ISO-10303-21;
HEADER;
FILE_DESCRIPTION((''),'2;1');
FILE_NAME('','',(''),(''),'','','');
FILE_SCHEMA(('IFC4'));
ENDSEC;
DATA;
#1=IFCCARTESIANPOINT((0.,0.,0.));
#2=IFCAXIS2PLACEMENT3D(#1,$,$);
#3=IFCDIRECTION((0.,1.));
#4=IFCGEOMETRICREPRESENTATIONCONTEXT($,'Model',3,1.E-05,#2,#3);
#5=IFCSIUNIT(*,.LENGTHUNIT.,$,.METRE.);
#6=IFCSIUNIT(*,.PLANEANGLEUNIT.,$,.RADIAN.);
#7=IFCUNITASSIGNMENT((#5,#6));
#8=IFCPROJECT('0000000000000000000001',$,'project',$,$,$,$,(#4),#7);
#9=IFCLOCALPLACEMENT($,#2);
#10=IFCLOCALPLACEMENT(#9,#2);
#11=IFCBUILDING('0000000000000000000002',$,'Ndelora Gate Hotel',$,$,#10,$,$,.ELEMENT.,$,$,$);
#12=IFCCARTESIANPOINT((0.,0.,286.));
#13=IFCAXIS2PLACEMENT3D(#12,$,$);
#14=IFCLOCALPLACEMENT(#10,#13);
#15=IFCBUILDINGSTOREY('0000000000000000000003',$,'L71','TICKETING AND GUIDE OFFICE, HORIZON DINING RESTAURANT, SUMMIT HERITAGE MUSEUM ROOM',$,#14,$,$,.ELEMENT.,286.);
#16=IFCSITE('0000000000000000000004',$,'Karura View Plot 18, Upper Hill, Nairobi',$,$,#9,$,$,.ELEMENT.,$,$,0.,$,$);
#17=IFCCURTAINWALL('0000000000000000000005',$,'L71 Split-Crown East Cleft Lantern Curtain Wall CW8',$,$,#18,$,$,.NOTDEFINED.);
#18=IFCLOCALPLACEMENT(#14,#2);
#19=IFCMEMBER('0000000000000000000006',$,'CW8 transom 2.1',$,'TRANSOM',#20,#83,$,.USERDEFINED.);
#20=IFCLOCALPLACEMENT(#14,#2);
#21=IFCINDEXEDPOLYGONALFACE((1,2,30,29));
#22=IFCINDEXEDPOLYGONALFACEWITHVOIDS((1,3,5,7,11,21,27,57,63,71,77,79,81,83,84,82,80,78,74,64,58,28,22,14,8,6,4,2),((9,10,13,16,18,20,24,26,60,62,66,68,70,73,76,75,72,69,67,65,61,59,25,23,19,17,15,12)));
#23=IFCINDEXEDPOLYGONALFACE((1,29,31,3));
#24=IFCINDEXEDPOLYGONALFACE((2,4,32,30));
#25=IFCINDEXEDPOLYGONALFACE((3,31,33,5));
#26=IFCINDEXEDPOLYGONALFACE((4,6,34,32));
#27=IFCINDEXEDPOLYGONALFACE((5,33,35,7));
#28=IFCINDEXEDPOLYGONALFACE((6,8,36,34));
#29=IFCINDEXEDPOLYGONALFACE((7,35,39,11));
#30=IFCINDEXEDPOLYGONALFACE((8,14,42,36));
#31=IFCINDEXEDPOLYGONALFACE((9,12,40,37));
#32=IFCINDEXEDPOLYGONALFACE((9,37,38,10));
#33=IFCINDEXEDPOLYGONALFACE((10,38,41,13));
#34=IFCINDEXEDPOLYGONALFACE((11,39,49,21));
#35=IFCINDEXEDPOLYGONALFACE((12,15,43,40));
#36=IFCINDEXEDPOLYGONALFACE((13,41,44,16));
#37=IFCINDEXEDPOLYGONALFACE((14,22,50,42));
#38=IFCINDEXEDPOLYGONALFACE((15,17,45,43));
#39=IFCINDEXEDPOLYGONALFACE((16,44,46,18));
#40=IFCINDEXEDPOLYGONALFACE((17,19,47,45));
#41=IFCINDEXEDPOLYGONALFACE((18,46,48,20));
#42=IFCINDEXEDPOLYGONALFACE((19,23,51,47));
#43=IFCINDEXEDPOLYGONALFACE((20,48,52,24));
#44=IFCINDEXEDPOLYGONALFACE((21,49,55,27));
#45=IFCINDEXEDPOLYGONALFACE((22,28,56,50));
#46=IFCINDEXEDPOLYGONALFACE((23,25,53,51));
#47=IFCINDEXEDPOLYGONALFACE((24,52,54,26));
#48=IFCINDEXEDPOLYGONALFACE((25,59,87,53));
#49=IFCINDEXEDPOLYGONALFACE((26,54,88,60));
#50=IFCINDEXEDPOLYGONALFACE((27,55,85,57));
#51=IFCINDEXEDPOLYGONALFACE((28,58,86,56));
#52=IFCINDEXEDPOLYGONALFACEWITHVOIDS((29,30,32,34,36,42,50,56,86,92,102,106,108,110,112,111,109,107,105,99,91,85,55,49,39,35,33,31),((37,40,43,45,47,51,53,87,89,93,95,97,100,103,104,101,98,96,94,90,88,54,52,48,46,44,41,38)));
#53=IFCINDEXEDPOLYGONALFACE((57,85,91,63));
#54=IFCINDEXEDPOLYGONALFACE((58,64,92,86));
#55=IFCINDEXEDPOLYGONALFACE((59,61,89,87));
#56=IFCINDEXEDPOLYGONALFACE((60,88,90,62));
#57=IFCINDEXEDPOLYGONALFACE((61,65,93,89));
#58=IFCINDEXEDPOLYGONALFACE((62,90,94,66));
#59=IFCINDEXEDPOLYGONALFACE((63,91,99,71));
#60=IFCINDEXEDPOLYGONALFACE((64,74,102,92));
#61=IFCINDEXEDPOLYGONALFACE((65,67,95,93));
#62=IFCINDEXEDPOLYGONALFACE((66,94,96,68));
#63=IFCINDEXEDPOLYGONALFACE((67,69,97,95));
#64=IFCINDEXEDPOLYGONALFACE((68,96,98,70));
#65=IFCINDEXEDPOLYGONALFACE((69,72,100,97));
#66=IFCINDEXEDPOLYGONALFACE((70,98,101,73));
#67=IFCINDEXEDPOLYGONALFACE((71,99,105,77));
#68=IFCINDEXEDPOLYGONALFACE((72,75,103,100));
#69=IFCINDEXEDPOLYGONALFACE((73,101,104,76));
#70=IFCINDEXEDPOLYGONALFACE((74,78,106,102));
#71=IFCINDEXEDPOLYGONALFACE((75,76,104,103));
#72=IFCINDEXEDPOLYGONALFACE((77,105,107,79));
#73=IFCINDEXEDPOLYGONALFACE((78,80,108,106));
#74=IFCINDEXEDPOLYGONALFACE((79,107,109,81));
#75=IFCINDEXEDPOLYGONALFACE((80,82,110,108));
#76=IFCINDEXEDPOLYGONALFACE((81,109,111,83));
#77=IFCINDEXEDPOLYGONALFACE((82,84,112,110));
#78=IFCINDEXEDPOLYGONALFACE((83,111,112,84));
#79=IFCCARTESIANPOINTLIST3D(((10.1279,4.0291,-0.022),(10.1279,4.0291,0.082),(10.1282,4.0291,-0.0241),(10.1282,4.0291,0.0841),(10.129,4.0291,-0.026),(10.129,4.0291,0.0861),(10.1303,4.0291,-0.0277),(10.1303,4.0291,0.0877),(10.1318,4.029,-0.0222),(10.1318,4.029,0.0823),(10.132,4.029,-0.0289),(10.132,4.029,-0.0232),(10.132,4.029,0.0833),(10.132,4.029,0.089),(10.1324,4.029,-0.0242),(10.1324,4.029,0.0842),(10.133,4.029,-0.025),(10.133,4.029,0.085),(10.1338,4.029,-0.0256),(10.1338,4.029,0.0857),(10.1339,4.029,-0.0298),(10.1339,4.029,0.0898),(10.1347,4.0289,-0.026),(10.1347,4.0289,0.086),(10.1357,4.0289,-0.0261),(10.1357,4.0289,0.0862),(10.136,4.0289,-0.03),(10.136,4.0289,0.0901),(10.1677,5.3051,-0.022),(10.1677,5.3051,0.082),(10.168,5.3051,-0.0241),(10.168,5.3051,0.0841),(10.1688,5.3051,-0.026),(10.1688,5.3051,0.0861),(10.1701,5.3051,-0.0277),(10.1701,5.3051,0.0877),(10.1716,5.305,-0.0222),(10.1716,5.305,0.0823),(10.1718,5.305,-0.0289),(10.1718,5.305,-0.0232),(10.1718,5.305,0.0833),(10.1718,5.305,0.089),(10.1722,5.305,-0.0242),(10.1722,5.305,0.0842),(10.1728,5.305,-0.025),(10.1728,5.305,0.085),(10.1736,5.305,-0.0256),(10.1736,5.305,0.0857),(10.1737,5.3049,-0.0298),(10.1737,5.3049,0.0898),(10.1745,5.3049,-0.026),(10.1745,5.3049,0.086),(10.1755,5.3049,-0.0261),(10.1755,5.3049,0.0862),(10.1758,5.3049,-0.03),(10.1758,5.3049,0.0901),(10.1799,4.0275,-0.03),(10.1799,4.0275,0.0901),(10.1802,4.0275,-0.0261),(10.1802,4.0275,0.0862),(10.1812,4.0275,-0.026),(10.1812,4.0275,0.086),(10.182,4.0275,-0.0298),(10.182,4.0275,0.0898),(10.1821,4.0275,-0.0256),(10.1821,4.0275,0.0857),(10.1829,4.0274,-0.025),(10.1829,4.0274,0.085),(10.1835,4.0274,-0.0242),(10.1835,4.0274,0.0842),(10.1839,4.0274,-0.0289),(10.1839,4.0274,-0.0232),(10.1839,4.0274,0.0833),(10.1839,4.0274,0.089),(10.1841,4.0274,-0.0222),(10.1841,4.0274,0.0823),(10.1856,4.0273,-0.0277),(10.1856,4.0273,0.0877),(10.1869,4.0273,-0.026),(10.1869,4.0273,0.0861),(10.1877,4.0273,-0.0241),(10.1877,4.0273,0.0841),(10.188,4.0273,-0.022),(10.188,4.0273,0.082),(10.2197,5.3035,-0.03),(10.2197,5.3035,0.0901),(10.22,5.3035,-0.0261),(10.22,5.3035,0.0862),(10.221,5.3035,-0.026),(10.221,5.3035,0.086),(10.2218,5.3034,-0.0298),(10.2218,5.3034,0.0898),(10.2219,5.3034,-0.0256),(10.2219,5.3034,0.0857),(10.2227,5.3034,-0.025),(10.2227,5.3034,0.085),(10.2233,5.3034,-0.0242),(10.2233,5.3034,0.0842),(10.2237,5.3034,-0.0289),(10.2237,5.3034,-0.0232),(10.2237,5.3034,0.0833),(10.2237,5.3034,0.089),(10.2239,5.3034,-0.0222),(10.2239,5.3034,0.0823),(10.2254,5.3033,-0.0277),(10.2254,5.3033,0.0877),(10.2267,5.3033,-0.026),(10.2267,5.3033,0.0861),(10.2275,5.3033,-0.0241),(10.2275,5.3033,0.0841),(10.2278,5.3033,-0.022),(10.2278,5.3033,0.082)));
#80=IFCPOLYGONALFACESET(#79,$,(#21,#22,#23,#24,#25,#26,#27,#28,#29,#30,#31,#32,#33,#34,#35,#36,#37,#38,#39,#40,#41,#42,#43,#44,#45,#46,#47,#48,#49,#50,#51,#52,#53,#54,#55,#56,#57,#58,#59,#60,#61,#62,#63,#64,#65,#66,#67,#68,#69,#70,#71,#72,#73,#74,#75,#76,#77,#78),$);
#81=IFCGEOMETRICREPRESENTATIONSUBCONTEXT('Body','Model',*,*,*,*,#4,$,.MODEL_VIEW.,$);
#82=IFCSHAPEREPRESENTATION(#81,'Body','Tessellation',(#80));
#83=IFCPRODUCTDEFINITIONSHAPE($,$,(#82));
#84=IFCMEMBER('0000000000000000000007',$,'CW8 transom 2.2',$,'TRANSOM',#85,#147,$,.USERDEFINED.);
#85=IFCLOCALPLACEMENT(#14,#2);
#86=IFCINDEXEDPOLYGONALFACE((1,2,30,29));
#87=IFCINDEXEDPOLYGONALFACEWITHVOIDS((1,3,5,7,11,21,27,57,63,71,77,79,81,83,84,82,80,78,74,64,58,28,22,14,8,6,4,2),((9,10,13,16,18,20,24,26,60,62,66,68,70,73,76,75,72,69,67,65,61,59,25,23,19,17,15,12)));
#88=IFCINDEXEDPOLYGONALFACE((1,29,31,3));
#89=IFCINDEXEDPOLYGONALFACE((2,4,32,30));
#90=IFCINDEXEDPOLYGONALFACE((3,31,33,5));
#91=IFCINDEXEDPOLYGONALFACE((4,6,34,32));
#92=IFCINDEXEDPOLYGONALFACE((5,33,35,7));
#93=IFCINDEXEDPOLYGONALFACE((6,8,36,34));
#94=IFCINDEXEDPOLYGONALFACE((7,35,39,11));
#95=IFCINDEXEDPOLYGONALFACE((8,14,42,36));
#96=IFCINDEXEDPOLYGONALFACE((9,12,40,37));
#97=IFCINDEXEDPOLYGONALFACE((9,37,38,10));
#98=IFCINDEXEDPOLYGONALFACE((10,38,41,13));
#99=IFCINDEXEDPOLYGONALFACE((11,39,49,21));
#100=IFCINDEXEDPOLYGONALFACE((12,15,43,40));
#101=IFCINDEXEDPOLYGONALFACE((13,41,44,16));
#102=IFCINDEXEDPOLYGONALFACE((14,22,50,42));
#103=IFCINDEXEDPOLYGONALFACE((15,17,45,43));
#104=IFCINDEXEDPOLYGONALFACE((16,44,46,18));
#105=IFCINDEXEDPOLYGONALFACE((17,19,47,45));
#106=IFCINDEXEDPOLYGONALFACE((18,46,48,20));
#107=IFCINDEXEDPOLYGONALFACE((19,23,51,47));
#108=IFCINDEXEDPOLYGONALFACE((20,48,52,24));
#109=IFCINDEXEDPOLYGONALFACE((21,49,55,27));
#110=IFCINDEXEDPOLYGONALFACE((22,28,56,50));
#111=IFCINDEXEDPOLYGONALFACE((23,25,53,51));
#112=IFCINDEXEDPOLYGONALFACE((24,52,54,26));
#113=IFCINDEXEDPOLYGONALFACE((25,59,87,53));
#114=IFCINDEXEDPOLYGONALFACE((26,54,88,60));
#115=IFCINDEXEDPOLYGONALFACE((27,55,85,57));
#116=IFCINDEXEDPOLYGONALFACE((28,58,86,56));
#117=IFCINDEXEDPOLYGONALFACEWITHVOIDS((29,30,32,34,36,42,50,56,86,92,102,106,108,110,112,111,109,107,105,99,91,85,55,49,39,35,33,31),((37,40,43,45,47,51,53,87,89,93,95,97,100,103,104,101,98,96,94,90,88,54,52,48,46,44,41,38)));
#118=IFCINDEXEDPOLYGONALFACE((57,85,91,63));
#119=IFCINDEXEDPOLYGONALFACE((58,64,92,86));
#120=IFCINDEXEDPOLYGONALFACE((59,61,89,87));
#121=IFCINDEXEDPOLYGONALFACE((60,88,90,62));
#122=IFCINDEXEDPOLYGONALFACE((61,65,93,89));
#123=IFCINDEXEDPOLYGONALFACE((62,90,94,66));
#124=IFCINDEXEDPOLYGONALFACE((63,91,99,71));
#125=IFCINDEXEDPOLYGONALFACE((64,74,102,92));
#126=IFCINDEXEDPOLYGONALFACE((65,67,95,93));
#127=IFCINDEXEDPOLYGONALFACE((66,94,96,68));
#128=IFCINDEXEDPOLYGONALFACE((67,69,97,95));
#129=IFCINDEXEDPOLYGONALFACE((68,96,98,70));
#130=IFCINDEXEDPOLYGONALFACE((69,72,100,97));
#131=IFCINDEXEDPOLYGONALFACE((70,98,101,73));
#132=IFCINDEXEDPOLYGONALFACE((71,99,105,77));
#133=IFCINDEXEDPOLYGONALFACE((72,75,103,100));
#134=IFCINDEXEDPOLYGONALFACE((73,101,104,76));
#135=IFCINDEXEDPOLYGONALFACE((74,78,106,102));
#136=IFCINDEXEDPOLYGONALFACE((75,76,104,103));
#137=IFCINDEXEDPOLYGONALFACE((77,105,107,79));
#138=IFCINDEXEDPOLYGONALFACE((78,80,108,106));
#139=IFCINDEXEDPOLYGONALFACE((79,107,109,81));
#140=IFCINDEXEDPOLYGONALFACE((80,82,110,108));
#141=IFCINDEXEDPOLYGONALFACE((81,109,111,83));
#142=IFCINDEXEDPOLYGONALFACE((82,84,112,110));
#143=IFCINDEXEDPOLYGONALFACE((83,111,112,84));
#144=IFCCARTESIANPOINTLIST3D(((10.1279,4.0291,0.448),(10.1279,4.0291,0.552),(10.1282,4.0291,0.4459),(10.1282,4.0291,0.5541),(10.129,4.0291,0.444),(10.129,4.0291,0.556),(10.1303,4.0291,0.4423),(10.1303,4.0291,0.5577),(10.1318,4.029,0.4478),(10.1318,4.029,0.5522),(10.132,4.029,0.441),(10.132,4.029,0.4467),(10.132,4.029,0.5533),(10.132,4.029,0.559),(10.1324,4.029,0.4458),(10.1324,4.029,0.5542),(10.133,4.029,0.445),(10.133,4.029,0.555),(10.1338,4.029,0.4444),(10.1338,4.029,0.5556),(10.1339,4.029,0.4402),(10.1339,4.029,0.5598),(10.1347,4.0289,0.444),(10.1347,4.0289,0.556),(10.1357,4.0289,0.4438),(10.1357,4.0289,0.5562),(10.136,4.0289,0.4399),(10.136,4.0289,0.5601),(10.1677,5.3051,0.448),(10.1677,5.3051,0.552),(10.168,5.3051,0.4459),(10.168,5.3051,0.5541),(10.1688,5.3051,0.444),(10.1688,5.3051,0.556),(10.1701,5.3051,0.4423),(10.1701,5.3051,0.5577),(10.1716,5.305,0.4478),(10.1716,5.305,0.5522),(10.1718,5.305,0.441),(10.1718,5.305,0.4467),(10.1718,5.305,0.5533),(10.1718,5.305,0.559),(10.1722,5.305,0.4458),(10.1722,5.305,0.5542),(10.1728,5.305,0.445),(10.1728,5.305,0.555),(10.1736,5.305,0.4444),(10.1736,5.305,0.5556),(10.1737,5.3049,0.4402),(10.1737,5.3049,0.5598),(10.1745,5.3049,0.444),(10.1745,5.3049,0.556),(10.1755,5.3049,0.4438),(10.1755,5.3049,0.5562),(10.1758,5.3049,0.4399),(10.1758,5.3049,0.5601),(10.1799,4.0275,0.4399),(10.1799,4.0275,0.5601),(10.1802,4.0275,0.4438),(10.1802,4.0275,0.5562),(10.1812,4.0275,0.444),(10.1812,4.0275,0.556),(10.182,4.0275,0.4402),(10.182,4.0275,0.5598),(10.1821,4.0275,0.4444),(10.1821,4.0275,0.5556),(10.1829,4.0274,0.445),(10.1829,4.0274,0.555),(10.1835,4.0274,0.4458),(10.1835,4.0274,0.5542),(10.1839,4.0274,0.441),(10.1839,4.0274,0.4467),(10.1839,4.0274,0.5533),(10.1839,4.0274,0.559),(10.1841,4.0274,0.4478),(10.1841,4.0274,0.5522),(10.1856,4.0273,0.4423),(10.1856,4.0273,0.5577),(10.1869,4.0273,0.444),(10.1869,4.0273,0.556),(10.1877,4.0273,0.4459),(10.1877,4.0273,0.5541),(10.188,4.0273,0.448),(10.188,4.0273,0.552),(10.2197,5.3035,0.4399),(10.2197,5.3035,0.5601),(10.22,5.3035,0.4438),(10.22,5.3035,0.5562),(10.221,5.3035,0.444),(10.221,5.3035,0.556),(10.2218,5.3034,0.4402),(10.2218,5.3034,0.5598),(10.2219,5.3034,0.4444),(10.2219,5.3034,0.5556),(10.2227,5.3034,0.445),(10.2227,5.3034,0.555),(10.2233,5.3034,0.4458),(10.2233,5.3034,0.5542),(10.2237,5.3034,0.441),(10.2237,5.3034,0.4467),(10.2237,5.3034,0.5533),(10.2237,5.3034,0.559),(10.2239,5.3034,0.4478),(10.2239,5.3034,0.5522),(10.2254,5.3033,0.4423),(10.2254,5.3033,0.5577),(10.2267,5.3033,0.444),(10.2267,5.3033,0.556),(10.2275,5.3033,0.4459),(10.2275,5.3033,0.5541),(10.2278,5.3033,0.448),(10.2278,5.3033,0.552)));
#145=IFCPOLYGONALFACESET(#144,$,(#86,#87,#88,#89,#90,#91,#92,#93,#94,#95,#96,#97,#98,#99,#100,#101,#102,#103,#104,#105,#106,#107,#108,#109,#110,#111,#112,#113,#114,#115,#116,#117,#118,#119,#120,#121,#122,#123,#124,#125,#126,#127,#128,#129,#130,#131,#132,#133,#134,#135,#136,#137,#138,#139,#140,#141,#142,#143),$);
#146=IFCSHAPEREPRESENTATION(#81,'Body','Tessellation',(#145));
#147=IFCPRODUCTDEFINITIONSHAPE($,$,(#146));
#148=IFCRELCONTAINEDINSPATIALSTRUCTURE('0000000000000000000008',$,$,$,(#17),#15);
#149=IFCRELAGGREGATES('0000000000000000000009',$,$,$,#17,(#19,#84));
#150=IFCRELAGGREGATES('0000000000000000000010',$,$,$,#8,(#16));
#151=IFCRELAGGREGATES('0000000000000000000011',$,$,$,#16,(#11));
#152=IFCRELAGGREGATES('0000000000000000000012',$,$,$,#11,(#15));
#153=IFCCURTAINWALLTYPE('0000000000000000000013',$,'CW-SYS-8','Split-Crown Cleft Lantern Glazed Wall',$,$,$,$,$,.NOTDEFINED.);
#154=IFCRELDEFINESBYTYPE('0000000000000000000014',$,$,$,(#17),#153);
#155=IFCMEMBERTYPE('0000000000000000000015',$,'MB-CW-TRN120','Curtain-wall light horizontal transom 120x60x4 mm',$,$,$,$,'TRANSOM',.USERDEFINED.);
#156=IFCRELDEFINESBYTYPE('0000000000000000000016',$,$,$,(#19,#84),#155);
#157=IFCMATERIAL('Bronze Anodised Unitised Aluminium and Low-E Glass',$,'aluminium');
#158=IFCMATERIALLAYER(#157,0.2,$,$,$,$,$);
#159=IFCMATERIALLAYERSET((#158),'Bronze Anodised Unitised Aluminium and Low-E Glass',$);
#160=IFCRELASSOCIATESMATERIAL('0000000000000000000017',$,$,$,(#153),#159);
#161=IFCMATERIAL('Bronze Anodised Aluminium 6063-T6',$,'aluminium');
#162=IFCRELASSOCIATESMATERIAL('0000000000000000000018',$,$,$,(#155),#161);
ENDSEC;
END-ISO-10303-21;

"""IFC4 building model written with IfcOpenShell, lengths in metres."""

from ifc_helpers import new_model, si_unit, direction, frame, origin, origin_2d, place, context, subcontext, project, spatial, hollow_rectangle, extrude, material, layer, layer_set, material_profile, profile_set, type_object, element, aggregate, save


model = new_model("IFC4")

# Units and contexts
model_context = context("Model", 3, precision=1e-05, world=origin(), true_north=direction((0.0, 1.0)))
body_context = subcontext(model_context, "Body", "Model", "MODEL_VIEW")
ifc_project = project(units=[si_unit("LENGTHUNIT", "METRE"), si_unit("PLANEANGLEUNIT", "RADIAN")], contexts=[model_context])

# Site, building, storey
site_placement = place(None, origin())
site = spatial("IfcSite", under=ifc_project, at=site_placement, Name="Karura View Plot 18, Upper Hill, Nairobi", CompositionType="ELEMENT", RefElevation=0.0)
building_placement = place(site_placement, origin())
building = spatial("IfcBuilding", under=site, at=building_placement, Name="Ndelora Gate Hotel", CompositionType="ELEMENT")
storey_placement = place(building_placement, frame((0.0, 0.0, 286.0)))
storey = spatial("IfcBuildingStorey", under=building, at=storey_placement, Name="L71", Description="TICKETING AND GUIDE OFFICE, HORIZON DINING RESTAURANT, SUMMIT HERITAGE MUSEUM ROOM", CompositionType="ELEMENT", Elevation=286.0)

# Curtain wall
ifc_material_1 = material(Name="Bronze Anodised Unitised Aluminium and Low-E Glass", Category="aluminium")
ifc_layer_1 = layer(ifc_material_1, 0.2)
ifc_layer_set_1 = layer_set([ifc_layer_1], Name="Bronze Anodised Unitised Aluminium and Low-E Glass")
curtain_wall_type = type_object("IfcCurtainWallType", Name="CW-SYS-8", Description="Split-Crown Cleft Lantern Glazed Wall", PredefinedType="NOTDEFINED", material=ifc_layer_set_1)
ifc_material_2 = material(Name="Bronze Anodised Aluminium 6063-T6", Category="aluminium")
curtain_wall_1_placement = place(storey_placement, origin())
curtain_wall_1 = element("IfcCurtainWall", 1, at=curtain_wall_1_placement, inside=storey, type_object=curtain_wall_type, Name="L71 Split-Crown East Cleft Lantern Curtain Wall CW8", PredefinedType="NOTDEFINED")

# Members
ifc_material_profile_1 = material_profile(ifc_material_2, hollow_rectangle(XDim=0.0601, YDim=0.1201, WallThickness=0.0039, InnerFilletRadius=0.0039, OuterFilletRadius=0.0081, at=origin_2d()), Name="ALU 120x60x4")
ifc_profile_set_1 = profile_set([ifc_material_profile_1], Name="Bronze Anodised Aluminium 6063-T6")
member_type_1 = type_object("IfcMemberType", Name="MB-CW-TRN120", Description="Curtain-wall light horizontal transom 120x60x4 mm", ElementType="TRANSOM", PredefinedType="USERDEFINED", material=ifc_profile_set_1)
member_1_placement = place(storey_placement, frame((10.1978, 5.3042, 0.03), z_axis=(-0.031175, -0.999514, 0.0), x_axis=(0.999514, -0.031175, 0.0)))
member_1 = element("IfcMember", 2, at=member_1_placement, type_object=member_type_1, Name="CW8 transom 2.1", ObjectType="TRANSOM", PredefinedType="USERDEFINED", context=body_context, shape_type="SweptSolid", body=[
    extrude(hollow_rectangle(XDim=0.0601, YDim=0.1201, WallThickness=0.0039, InnerFilletRadius=0.0039, OuterFilletRadius=0.0081, at=origin_2d()), origin(), (0.0, 0.0, 1.0), 1.2766),
])
member_2_placement = place(storey_placement, frame((10.1978, 5.3042, 0.5), z_axis=(-0.031175, -0.999514, 0.0), x_axis=(0.999514, -0.031175, 0.0)))
member_2 = element("IfcMember", 3, at=member_2_placement, type_object=member_type_1, Name="CW8 transom 2.2", ObjectType="TRANSOM", PredefinedType="USERDEFINED", context=body_context, shape_type="SweptSolid", body=[
    extrude(hollow_rectangle(XDim=0.0601, YDim=0.1201, WallThickness=0.0039, InnerFilletRadius=0.0039, OuterFilletRadius=0.0081, at=origin_2d()), origin(), (0.0, 0.0, 1.0), 1.2766),
])

aggregate(curtain_wall_1, [member_1, member_2])

save(model, "model.ifc")
